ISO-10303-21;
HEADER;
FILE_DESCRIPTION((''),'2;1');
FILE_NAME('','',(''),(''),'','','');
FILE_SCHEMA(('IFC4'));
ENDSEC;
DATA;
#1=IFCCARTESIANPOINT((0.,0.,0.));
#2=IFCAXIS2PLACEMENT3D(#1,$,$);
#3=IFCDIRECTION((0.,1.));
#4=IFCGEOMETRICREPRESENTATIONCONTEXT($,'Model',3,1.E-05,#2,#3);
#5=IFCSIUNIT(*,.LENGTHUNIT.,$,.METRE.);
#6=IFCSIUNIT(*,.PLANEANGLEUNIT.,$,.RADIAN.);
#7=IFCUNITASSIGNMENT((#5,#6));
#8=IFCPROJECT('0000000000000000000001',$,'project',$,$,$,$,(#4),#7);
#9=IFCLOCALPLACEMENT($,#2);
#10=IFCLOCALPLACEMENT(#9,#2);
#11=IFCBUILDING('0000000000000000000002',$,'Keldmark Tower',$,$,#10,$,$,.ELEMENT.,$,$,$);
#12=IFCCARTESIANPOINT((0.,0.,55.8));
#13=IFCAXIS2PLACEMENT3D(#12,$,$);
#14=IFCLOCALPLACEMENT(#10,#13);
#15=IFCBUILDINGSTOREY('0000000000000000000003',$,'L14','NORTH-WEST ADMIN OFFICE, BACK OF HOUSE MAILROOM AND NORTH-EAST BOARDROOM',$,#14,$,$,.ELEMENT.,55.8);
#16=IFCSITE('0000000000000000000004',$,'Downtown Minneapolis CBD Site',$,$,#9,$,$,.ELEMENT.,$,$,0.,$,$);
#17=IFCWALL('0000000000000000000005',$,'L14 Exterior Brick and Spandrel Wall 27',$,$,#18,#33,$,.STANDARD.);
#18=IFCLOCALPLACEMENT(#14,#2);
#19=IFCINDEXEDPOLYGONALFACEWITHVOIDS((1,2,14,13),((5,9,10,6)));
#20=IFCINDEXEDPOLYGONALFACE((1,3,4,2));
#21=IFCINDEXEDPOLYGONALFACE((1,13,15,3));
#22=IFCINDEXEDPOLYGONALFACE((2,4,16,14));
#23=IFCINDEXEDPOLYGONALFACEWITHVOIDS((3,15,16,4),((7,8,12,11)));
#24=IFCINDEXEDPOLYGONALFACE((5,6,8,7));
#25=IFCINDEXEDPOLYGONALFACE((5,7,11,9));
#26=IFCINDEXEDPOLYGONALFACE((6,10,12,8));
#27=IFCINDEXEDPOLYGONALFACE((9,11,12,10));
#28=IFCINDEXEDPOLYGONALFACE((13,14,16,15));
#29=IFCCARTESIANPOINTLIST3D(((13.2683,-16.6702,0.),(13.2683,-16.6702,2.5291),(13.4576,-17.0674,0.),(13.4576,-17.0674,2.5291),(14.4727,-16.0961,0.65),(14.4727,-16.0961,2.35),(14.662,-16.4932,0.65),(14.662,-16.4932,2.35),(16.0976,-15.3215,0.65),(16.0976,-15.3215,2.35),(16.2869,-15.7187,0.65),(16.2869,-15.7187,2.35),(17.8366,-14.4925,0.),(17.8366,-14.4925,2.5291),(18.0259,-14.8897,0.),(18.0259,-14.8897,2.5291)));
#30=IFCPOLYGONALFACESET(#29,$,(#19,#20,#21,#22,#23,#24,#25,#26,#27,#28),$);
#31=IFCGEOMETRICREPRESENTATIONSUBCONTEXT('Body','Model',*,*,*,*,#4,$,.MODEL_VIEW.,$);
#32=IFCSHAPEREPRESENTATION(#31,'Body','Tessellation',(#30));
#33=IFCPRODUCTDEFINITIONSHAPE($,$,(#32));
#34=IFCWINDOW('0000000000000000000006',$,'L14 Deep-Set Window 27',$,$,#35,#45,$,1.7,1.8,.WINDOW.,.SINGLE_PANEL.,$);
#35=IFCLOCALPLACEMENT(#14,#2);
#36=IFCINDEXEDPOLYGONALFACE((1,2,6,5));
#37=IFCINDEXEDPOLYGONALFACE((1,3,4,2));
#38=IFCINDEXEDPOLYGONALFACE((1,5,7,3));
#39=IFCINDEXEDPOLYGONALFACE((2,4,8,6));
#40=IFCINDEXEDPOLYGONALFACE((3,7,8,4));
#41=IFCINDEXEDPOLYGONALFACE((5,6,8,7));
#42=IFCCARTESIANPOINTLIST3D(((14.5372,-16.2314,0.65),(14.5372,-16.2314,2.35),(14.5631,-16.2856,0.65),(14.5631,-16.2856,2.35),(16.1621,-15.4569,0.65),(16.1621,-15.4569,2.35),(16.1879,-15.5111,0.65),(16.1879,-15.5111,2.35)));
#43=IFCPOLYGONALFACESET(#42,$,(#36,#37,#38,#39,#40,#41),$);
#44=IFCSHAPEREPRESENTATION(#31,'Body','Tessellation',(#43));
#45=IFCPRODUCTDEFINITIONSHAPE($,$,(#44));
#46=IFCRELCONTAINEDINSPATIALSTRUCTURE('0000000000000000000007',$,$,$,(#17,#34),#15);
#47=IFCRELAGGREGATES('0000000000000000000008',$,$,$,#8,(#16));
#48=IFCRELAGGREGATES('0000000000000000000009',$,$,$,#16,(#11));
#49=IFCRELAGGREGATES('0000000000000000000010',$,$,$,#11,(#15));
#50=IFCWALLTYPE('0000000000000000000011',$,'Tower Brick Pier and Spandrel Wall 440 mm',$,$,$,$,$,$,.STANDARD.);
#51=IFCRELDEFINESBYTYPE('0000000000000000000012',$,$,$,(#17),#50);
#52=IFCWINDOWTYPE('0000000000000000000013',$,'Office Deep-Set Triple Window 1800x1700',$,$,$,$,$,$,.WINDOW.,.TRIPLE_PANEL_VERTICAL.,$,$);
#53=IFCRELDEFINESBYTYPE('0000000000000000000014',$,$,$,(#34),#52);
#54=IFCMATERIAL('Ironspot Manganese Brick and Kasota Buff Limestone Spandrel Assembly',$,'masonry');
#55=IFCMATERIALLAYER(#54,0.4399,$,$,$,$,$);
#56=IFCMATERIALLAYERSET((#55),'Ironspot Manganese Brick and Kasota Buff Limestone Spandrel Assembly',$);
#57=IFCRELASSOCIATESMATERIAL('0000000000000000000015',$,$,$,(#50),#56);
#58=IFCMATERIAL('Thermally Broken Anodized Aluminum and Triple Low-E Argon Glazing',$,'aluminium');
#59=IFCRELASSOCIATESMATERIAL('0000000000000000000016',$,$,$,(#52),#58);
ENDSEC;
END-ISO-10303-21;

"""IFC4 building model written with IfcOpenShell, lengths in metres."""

from ifc_helpers import new_model, si_unit, direction, frame, frame_2d, origin, place, context, subcontext, project, spatial, rectangle, extrude, material, layer, layer_set, type_object, element, fill, save


model = new_model("IFC4")

# Units and contexts
model_context = context("Model", 3, precision=1e-05, world=origin(), true_north=direction((0.0, 1.0)))
body_context = subcontext(model_context, "Body", "Model", "MODEL_VIEW")
ifc_project = project(units=[si_unit("LENGTHUNIT", "METRE"), si_unit("PLANEANGLEUNIT", "RADIAN")], contexts=[model_context])

# Site, building, storey
site_placement = place(None, origin())
site = spatial("IfcSite", under=ifc_project, at=site_placement, Name="Downtown Minneapolis CBD Site", CompositionType="ELEMENT", RefElevation=0.0)
building_placement = place(site_placement, origin())
building = spatial("IfcBuilding", under=site, at=building_placement, Name="Keldmark Tower", CompositionType="ELEMENT")
storey_placement = place(building_placement, frame((0.0, 0.0, 55.8)))
storey = spatial("IfcBuildingStorey", under=building, at=storey_placement, Name="L14", Description="NORTH-WEST ADMIN OFFICE, BACK OF HOUSE MAILROOM AND NORTH-EAST BOARDROOM", CompositionType="ELEMENT", Elevation=55.8)

# Wall, opening, window
ifc_material_1 = material(Name="Ironspot Manganese Brick and Kasota Buff Limestone Spandrel Assembly", Category="masonry")
ifc_layer_1 = layer(ifc_material_1, 0.4399)
ifc_layer_set_1 = layer_set([ifc_layer_1], Name="Ironspot Manganese Brick and Kasota Buff Limestone Spandrel Assembly")
wall_type_1 = type_object("IfcWallType", Name="Tower Brick Pier and Spandrel Wall 440 mm", PredefinedType="STANDARD", material=ifc_layer_set_1)
wall_1_placement = place(storey_placement, frame((17.9312, -14.6912, 0.0), z_axis=(0.0, 0.0, 1.0), x_axis=(-0.902682, -0.430308, 0.0)))
wall_1 = element("IfcWall", 1, at=wall_1_placement, inside=storey, type_object=wall_type_1, Name="L14 Exterior Brick and Spandrel Wall 27", PredefinedType="STANDARD", context=body_context, shape_type="SweptSolid", body=[
    extrude(rectangle(XDim=5.0608, YDim=0.4399, at=frame_2d((2.5303, 0.0))), origin(), (0.0, 0.0, 1.0), 2.5291),
])
opening_1_placement = place(wall_1_placement, frame((1.9265, 0.0, 0.6499)))
opening_1 = element("IfcOpeningElement", 2, at=opening_1_placement, cuts=wall_1, PredefinedType="OPENING", context=body_context, shape_type="SweptSolid", body=[
    extrude(rectangle(XDim=1.8, YDim=1.7, at=frame_2d((0.8999, 0.8501))), frame((0.0, 0.23, 0.0), z_axis=(0.0, -1.0, 0.0), x_axis=(1.0, 0.0, 0.0)), (0.0, 0.0, 1.0), 0.46),
])
ifc_material_2 = material(Name="Thermally Broken Anodized Aluminum and Triple Low-E Argon Glazing", Category="aluminium")
window_type = type_object("IfcWindowType", Name="Office Deep-Set Triple Window 1800x1700", PartitioningType="TRIPLE_PANEL_VERTICAL", PredefinedType="WINDOW", material=ifc_material_2)
window_placement = place(opening_1_placement, origin())
window = element("IfcWindow", 3, at=window_placement, inside=storey, type_object=window_type, Name="L14 Deep-Set Window 27", OverallHeight=1.7, OverallWidth=1.8, PartitioningType="SINGLE_PANEL", PredefinedType="WINDOW", context=body_context, shape_type="SweptSolid", body=[
    extrude(rectangle(XDim=1.8, YDim=1.7, at=frame_2d((0.8999, 0.8501))), frame((0.0, -0.01, 0.0), z_axis=(0.0, -1.0, 0.0), x_axis=(1.0, 0.0, 0.0)), (0.0, 0.0, 1.0), 0.0601),
])
fill(opening_1, window)

save(model, "model.ifc")
